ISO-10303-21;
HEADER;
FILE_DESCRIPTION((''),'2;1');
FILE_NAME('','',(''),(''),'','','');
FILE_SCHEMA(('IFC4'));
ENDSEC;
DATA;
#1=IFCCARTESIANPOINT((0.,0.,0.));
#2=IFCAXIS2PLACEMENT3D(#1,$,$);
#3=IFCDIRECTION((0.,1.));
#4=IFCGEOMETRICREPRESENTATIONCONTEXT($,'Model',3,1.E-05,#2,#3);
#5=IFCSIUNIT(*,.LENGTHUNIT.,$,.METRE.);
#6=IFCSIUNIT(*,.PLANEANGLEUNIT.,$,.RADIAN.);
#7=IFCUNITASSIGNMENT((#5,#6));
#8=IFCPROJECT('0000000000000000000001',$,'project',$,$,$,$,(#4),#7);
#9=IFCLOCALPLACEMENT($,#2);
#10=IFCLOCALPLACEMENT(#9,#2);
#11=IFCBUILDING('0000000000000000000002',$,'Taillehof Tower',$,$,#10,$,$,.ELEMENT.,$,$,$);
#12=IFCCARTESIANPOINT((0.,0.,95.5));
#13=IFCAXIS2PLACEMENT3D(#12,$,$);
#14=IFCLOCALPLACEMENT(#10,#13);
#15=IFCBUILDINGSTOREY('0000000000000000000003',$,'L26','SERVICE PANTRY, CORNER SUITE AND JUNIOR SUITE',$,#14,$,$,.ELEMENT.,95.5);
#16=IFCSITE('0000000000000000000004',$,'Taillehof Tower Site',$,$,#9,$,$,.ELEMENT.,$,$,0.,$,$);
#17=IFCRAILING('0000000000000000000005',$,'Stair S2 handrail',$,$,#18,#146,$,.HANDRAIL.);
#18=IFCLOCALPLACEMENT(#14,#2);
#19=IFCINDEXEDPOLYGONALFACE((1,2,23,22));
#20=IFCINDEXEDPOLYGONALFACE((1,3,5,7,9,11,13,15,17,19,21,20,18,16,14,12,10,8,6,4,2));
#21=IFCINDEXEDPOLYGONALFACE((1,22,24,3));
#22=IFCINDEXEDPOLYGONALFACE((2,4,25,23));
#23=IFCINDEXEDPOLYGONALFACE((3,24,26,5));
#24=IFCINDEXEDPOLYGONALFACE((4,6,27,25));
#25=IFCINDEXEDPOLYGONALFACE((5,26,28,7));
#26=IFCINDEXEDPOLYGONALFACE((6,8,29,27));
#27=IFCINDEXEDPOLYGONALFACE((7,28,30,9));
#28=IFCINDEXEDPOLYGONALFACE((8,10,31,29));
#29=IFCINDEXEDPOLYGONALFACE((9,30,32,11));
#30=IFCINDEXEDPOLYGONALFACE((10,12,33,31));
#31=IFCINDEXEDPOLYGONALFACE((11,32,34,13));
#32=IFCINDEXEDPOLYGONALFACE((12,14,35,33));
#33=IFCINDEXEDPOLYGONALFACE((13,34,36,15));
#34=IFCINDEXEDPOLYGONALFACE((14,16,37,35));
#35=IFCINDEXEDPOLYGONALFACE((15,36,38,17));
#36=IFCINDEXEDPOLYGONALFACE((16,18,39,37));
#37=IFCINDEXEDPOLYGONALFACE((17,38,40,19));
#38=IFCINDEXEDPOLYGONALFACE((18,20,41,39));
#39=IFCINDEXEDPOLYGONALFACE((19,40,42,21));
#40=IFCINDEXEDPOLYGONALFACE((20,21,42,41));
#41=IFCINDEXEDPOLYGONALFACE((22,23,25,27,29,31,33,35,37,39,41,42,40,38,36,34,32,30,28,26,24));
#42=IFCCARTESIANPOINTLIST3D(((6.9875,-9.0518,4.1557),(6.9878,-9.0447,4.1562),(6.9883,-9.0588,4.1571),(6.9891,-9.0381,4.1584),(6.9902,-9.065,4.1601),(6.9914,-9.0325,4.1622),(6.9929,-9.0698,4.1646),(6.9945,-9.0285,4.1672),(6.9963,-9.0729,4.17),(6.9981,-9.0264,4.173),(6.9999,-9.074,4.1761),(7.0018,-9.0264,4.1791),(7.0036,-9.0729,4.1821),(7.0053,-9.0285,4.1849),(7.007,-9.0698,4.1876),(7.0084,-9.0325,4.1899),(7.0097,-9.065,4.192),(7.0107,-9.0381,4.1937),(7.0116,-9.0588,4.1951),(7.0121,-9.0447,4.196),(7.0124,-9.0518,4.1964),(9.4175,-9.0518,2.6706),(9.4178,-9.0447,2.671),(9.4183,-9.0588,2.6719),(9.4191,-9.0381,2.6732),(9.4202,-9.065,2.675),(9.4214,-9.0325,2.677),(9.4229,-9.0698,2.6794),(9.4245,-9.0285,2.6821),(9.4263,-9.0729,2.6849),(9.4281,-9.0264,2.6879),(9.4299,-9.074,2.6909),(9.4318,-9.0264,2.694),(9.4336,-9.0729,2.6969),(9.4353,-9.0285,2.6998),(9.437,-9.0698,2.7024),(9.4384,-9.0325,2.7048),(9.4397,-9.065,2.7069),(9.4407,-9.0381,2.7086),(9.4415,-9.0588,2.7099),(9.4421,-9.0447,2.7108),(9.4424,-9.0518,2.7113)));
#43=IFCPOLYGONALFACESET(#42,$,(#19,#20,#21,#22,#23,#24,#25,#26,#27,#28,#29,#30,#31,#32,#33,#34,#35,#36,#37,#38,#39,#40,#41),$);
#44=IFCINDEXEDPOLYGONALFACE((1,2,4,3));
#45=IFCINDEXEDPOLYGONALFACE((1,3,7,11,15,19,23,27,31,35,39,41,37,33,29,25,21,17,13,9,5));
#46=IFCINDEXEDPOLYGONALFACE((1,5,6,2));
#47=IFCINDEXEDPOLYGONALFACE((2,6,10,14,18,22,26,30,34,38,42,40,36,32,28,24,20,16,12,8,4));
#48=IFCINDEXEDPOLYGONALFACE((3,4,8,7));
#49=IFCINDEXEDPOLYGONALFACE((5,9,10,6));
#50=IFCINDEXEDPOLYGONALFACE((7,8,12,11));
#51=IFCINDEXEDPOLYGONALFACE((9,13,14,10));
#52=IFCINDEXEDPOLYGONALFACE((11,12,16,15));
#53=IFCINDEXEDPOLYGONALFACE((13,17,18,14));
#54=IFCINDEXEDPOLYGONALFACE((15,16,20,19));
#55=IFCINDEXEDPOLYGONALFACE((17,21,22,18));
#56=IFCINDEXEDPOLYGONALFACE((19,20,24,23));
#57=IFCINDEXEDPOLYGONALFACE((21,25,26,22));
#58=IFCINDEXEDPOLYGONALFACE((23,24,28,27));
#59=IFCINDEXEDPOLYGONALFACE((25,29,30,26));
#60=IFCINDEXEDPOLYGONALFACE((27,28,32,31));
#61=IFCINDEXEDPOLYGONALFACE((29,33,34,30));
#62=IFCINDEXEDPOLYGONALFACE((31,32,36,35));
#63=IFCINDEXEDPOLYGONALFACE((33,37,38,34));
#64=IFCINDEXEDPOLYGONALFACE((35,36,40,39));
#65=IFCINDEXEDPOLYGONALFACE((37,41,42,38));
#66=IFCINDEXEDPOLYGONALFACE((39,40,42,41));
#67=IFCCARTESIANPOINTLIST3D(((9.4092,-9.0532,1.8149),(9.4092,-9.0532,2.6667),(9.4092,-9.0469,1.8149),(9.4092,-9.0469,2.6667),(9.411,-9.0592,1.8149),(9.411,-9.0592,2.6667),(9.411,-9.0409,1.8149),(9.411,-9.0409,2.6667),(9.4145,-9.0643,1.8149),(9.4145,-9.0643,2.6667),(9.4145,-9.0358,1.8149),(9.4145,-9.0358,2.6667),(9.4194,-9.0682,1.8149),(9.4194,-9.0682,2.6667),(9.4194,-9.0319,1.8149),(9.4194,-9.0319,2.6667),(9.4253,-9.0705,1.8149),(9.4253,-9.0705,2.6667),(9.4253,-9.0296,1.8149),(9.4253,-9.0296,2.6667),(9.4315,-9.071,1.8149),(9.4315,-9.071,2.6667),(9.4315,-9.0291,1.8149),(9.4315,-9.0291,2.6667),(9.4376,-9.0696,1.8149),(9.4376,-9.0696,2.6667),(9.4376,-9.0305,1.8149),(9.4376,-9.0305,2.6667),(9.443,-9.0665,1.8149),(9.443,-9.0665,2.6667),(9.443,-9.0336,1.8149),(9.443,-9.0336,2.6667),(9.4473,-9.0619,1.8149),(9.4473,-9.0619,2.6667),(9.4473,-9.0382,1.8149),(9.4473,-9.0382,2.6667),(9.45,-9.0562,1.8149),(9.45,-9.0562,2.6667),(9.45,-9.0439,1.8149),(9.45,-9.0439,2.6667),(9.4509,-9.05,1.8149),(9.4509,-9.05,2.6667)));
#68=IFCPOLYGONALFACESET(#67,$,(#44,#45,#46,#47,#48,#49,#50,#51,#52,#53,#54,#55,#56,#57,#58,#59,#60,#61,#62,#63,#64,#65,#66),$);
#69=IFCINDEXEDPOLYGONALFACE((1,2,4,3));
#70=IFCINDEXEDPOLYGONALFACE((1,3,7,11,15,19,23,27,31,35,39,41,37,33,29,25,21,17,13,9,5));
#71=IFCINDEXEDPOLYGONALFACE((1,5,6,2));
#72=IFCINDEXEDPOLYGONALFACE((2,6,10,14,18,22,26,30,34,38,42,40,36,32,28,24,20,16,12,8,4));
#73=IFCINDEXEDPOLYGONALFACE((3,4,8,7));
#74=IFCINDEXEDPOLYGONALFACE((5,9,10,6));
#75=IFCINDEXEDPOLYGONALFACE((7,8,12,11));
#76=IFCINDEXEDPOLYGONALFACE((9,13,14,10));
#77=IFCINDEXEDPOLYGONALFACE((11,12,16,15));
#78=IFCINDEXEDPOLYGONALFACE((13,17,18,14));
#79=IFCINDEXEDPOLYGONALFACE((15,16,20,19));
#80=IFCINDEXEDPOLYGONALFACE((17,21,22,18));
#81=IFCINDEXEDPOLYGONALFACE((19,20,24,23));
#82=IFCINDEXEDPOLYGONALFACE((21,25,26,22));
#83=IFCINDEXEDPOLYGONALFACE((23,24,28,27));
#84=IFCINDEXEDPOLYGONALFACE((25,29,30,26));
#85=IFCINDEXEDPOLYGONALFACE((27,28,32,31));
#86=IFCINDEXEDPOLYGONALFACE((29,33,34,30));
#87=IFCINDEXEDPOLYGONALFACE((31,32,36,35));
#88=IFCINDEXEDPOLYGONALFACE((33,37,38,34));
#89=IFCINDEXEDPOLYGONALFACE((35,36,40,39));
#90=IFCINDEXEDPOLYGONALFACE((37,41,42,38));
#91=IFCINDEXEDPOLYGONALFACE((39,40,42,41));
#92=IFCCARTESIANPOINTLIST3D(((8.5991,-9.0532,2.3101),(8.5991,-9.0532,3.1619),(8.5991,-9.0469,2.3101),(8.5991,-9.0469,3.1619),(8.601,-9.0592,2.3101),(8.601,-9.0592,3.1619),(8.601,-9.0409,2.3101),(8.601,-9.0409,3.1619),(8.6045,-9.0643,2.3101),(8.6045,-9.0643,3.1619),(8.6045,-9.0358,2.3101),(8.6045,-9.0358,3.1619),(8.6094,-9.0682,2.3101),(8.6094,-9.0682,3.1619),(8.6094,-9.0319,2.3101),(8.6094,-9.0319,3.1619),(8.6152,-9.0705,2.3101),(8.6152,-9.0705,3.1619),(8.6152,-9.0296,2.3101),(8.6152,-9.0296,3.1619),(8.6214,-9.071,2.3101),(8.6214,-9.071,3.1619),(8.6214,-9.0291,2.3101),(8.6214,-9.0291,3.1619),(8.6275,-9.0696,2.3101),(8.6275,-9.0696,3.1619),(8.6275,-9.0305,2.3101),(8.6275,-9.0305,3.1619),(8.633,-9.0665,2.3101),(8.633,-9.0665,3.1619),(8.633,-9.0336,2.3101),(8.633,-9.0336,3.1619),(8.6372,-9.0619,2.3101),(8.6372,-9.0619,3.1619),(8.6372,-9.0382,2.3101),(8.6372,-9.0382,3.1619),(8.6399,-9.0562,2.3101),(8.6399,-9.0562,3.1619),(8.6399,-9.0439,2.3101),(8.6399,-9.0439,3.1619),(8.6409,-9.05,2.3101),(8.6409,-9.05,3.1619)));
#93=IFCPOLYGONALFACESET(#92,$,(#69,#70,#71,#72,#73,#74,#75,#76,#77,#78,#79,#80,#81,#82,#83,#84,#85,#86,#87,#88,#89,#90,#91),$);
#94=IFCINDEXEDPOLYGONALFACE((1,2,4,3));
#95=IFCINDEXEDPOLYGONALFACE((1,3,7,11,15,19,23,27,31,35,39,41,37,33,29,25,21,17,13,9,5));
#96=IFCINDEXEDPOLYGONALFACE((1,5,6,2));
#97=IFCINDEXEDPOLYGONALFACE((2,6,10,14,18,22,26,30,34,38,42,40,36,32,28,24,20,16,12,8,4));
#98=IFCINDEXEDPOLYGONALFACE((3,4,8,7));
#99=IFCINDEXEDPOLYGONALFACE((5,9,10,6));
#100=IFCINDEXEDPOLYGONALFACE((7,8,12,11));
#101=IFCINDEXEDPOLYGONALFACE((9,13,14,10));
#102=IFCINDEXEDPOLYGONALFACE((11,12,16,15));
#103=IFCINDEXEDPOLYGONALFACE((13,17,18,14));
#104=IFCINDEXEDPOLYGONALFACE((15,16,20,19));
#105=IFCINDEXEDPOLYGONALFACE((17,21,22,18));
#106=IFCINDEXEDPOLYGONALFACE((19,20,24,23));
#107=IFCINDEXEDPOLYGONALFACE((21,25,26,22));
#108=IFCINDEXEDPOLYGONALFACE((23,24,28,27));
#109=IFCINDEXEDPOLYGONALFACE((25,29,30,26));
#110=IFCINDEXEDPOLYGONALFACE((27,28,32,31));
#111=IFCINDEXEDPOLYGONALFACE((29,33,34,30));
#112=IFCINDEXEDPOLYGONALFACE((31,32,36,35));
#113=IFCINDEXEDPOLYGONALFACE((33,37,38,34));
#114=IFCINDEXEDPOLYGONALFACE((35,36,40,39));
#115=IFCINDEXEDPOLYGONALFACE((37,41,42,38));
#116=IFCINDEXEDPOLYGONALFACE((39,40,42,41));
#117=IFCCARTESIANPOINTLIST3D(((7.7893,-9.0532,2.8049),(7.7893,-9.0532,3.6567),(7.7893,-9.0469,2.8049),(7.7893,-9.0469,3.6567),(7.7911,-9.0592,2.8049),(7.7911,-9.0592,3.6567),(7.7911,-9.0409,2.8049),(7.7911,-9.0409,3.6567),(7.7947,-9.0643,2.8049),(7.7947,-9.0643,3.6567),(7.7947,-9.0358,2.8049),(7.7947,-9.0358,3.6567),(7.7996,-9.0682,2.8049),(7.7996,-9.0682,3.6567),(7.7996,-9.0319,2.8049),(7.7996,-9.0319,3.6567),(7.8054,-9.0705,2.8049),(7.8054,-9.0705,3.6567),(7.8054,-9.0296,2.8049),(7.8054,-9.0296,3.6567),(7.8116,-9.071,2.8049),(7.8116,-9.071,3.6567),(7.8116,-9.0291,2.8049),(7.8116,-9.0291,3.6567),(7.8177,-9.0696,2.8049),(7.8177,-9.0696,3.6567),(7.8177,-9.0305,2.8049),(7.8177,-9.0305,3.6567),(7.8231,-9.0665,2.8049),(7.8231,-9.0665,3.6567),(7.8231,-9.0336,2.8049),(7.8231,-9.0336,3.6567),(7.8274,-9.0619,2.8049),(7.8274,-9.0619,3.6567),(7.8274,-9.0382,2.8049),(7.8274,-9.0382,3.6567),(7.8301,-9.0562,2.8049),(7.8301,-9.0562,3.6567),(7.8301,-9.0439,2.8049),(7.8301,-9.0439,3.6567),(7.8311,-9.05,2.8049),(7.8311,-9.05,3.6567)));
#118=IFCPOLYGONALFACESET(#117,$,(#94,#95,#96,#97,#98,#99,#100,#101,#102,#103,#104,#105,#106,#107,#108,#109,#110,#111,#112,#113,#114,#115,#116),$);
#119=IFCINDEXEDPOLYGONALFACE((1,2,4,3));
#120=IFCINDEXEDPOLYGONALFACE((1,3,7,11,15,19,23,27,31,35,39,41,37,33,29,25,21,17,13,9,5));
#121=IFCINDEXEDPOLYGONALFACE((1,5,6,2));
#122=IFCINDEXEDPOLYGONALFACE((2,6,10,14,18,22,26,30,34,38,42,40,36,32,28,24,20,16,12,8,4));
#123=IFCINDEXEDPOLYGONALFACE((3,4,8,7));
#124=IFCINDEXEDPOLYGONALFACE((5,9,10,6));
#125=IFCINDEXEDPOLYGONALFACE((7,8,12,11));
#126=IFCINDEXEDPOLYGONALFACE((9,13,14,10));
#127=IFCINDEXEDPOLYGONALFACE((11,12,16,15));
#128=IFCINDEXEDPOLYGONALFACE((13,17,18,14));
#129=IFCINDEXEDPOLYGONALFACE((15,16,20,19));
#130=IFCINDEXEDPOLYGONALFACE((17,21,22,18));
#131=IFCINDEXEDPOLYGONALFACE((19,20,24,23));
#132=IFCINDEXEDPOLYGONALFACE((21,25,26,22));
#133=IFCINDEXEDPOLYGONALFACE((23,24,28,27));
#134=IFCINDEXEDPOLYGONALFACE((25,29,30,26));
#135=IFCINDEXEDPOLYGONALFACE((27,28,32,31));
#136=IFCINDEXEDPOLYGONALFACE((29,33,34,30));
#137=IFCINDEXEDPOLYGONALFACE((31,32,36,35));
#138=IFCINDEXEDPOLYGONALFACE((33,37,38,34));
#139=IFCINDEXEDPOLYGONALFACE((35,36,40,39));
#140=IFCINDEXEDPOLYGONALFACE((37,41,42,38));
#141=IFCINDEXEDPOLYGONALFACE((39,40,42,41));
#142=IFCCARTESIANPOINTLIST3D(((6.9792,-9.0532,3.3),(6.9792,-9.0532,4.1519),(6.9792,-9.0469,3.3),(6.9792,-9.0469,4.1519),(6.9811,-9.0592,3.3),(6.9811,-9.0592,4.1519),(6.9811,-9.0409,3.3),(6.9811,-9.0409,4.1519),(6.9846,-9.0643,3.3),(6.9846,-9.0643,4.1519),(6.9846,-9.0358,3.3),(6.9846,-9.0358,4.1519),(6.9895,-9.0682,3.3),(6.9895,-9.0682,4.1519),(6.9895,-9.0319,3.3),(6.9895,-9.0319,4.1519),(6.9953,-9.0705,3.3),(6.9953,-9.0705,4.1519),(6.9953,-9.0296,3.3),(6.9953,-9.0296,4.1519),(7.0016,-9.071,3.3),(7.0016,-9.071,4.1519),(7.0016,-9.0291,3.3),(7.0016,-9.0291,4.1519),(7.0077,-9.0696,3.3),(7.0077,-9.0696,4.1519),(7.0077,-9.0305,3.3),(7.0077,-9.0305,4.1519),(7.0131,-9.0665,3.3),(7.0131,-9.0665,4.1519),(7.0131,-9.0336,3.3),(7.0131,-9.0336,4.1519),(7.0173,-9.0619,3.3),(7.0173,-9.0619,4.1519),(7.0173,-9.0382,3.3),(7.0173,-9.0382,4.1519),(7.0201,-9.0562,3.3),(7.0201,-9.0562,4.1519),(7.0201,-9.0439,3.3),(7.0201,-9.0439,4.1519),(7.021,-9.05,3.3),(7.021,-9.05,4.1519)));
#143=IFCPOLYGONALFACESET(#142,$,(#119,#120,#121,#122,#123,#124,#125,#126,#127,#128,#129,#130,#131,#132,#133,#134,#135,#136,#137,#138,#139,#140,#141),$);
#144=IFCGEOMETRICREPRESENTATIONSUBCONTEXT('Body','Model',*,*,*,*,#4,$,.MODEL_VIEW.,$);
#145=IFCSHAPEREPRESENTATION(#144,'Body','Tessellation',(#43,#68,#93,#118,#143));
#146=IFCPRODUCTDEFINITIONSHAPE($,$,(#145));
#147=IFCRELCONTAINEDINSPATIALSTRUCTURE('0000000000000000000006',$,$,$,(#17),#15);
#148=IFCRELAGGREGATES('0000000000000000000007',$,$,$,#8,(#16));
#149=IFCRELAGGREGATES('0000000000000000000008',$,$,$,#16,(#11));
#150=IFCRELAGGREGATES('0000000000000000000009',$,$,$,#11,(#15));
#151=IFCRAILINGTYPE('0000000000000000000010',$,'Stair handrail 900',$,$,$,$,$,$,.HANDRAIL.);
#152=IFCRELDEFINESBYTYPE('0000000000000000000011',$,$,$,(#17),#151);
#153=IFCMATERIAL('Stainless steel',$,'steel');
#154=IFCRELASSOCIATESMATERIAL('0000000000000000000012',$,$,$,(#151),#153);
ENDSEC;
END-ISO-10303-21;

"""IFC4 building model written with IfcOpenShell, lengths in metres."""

from ifc_helpers import new_model, si_unit, direction, frame, origin, origin_2d, place, context, subcontext, project, spatial, circle, extrude, material, type_object, element, save


model = new_model("IFC4")

# Units and contexts
model_context = context("Model", 3, precision=1e-05, world=origin(), true_north=direction((0.0, 1.0)))
body_context = subcontext(model_context, "Body", "Model", "MODEL_VIEW")
ifc_project = project(units=[si_unit("LENGTHUNIT", "METRE"), si_unit("PLANEANGLEUNIT", "RADIAN")], contexts=[model_context])

# Site, building, storey
site_placement = place(None, origin())
site = spatial("IfcSite", under=ifc_project, at=site_placement, Name="Taillehof Tower Site", CompositionType="ELEMENT", RefElevation=0.0)
building_placement = place(site_placement, origin())
building = spatial("IfcBuilding", under=site, at=building_placement, Name="Taillehof Tower", CompositionType="ELEMENT")
storey_placement = place(building_placement, frame((0.0, 0.0, 95.5)))
storey = spatial("IfcBuildingStorey", under=building, at=storey_placement, Name="L26", Description="SERVICE PANTRY, CORNER SUITE AND JUNIOR SUITE", CompositionType="ELEMENT", Elevation=95.5)

# Railing
ifc_material_1 = material(Name="Stainless steel", Category="steel")
railing_type = type_object("IfcRailingType", Name="Stair handrail 900", PredefinedType="HANDRAIL", material=ifc_material_1)
railing_1_placement = place(storey_placement, frame((9.4299, -9.05, 1.8149)))
element("IfcRailing", 1, at=railing_1_placement, inside=storey, type_object=railing_type, Name="Stair S2 handrail", PredefinedType="HANDRAIL", context=body_context, shape_type="SweptSolid", body=[
    extrude(circle(Radius=0.0239, at=origin_2d()), frame((0.0, 0.0, 0.876), z_axis=(-0.853259, 0.0, 0.521488), x_axis=(0.0, -1.0, 0.0)), (0.0, 0.0, 1.0), 2.8479),
    extrude(circle(Radius=0.021, at=origin_2d()), origin(), (0.0, 0.0, 1.0), 0.8518),
    extrude(circle(Radius=0.021, at=origin_2d()), frame((-0.8101, 0.0, 0.4951)), (0.0, 0.0, 1.0), 0.8518),
    extrude(circle(Radius=0.021, at=origin_2d()), frame((-1.6199, 0.0, 0.99)), (0.0, 0.0, 1.0), 0.8518),
    extrude(circle(Radius=0.021, at=origin_2d()), frame((-2.4299, 0.0, 1.4851)), (0.0, 0.0, 1.0), 0.8518),
])

save(model, "model.ifc")
